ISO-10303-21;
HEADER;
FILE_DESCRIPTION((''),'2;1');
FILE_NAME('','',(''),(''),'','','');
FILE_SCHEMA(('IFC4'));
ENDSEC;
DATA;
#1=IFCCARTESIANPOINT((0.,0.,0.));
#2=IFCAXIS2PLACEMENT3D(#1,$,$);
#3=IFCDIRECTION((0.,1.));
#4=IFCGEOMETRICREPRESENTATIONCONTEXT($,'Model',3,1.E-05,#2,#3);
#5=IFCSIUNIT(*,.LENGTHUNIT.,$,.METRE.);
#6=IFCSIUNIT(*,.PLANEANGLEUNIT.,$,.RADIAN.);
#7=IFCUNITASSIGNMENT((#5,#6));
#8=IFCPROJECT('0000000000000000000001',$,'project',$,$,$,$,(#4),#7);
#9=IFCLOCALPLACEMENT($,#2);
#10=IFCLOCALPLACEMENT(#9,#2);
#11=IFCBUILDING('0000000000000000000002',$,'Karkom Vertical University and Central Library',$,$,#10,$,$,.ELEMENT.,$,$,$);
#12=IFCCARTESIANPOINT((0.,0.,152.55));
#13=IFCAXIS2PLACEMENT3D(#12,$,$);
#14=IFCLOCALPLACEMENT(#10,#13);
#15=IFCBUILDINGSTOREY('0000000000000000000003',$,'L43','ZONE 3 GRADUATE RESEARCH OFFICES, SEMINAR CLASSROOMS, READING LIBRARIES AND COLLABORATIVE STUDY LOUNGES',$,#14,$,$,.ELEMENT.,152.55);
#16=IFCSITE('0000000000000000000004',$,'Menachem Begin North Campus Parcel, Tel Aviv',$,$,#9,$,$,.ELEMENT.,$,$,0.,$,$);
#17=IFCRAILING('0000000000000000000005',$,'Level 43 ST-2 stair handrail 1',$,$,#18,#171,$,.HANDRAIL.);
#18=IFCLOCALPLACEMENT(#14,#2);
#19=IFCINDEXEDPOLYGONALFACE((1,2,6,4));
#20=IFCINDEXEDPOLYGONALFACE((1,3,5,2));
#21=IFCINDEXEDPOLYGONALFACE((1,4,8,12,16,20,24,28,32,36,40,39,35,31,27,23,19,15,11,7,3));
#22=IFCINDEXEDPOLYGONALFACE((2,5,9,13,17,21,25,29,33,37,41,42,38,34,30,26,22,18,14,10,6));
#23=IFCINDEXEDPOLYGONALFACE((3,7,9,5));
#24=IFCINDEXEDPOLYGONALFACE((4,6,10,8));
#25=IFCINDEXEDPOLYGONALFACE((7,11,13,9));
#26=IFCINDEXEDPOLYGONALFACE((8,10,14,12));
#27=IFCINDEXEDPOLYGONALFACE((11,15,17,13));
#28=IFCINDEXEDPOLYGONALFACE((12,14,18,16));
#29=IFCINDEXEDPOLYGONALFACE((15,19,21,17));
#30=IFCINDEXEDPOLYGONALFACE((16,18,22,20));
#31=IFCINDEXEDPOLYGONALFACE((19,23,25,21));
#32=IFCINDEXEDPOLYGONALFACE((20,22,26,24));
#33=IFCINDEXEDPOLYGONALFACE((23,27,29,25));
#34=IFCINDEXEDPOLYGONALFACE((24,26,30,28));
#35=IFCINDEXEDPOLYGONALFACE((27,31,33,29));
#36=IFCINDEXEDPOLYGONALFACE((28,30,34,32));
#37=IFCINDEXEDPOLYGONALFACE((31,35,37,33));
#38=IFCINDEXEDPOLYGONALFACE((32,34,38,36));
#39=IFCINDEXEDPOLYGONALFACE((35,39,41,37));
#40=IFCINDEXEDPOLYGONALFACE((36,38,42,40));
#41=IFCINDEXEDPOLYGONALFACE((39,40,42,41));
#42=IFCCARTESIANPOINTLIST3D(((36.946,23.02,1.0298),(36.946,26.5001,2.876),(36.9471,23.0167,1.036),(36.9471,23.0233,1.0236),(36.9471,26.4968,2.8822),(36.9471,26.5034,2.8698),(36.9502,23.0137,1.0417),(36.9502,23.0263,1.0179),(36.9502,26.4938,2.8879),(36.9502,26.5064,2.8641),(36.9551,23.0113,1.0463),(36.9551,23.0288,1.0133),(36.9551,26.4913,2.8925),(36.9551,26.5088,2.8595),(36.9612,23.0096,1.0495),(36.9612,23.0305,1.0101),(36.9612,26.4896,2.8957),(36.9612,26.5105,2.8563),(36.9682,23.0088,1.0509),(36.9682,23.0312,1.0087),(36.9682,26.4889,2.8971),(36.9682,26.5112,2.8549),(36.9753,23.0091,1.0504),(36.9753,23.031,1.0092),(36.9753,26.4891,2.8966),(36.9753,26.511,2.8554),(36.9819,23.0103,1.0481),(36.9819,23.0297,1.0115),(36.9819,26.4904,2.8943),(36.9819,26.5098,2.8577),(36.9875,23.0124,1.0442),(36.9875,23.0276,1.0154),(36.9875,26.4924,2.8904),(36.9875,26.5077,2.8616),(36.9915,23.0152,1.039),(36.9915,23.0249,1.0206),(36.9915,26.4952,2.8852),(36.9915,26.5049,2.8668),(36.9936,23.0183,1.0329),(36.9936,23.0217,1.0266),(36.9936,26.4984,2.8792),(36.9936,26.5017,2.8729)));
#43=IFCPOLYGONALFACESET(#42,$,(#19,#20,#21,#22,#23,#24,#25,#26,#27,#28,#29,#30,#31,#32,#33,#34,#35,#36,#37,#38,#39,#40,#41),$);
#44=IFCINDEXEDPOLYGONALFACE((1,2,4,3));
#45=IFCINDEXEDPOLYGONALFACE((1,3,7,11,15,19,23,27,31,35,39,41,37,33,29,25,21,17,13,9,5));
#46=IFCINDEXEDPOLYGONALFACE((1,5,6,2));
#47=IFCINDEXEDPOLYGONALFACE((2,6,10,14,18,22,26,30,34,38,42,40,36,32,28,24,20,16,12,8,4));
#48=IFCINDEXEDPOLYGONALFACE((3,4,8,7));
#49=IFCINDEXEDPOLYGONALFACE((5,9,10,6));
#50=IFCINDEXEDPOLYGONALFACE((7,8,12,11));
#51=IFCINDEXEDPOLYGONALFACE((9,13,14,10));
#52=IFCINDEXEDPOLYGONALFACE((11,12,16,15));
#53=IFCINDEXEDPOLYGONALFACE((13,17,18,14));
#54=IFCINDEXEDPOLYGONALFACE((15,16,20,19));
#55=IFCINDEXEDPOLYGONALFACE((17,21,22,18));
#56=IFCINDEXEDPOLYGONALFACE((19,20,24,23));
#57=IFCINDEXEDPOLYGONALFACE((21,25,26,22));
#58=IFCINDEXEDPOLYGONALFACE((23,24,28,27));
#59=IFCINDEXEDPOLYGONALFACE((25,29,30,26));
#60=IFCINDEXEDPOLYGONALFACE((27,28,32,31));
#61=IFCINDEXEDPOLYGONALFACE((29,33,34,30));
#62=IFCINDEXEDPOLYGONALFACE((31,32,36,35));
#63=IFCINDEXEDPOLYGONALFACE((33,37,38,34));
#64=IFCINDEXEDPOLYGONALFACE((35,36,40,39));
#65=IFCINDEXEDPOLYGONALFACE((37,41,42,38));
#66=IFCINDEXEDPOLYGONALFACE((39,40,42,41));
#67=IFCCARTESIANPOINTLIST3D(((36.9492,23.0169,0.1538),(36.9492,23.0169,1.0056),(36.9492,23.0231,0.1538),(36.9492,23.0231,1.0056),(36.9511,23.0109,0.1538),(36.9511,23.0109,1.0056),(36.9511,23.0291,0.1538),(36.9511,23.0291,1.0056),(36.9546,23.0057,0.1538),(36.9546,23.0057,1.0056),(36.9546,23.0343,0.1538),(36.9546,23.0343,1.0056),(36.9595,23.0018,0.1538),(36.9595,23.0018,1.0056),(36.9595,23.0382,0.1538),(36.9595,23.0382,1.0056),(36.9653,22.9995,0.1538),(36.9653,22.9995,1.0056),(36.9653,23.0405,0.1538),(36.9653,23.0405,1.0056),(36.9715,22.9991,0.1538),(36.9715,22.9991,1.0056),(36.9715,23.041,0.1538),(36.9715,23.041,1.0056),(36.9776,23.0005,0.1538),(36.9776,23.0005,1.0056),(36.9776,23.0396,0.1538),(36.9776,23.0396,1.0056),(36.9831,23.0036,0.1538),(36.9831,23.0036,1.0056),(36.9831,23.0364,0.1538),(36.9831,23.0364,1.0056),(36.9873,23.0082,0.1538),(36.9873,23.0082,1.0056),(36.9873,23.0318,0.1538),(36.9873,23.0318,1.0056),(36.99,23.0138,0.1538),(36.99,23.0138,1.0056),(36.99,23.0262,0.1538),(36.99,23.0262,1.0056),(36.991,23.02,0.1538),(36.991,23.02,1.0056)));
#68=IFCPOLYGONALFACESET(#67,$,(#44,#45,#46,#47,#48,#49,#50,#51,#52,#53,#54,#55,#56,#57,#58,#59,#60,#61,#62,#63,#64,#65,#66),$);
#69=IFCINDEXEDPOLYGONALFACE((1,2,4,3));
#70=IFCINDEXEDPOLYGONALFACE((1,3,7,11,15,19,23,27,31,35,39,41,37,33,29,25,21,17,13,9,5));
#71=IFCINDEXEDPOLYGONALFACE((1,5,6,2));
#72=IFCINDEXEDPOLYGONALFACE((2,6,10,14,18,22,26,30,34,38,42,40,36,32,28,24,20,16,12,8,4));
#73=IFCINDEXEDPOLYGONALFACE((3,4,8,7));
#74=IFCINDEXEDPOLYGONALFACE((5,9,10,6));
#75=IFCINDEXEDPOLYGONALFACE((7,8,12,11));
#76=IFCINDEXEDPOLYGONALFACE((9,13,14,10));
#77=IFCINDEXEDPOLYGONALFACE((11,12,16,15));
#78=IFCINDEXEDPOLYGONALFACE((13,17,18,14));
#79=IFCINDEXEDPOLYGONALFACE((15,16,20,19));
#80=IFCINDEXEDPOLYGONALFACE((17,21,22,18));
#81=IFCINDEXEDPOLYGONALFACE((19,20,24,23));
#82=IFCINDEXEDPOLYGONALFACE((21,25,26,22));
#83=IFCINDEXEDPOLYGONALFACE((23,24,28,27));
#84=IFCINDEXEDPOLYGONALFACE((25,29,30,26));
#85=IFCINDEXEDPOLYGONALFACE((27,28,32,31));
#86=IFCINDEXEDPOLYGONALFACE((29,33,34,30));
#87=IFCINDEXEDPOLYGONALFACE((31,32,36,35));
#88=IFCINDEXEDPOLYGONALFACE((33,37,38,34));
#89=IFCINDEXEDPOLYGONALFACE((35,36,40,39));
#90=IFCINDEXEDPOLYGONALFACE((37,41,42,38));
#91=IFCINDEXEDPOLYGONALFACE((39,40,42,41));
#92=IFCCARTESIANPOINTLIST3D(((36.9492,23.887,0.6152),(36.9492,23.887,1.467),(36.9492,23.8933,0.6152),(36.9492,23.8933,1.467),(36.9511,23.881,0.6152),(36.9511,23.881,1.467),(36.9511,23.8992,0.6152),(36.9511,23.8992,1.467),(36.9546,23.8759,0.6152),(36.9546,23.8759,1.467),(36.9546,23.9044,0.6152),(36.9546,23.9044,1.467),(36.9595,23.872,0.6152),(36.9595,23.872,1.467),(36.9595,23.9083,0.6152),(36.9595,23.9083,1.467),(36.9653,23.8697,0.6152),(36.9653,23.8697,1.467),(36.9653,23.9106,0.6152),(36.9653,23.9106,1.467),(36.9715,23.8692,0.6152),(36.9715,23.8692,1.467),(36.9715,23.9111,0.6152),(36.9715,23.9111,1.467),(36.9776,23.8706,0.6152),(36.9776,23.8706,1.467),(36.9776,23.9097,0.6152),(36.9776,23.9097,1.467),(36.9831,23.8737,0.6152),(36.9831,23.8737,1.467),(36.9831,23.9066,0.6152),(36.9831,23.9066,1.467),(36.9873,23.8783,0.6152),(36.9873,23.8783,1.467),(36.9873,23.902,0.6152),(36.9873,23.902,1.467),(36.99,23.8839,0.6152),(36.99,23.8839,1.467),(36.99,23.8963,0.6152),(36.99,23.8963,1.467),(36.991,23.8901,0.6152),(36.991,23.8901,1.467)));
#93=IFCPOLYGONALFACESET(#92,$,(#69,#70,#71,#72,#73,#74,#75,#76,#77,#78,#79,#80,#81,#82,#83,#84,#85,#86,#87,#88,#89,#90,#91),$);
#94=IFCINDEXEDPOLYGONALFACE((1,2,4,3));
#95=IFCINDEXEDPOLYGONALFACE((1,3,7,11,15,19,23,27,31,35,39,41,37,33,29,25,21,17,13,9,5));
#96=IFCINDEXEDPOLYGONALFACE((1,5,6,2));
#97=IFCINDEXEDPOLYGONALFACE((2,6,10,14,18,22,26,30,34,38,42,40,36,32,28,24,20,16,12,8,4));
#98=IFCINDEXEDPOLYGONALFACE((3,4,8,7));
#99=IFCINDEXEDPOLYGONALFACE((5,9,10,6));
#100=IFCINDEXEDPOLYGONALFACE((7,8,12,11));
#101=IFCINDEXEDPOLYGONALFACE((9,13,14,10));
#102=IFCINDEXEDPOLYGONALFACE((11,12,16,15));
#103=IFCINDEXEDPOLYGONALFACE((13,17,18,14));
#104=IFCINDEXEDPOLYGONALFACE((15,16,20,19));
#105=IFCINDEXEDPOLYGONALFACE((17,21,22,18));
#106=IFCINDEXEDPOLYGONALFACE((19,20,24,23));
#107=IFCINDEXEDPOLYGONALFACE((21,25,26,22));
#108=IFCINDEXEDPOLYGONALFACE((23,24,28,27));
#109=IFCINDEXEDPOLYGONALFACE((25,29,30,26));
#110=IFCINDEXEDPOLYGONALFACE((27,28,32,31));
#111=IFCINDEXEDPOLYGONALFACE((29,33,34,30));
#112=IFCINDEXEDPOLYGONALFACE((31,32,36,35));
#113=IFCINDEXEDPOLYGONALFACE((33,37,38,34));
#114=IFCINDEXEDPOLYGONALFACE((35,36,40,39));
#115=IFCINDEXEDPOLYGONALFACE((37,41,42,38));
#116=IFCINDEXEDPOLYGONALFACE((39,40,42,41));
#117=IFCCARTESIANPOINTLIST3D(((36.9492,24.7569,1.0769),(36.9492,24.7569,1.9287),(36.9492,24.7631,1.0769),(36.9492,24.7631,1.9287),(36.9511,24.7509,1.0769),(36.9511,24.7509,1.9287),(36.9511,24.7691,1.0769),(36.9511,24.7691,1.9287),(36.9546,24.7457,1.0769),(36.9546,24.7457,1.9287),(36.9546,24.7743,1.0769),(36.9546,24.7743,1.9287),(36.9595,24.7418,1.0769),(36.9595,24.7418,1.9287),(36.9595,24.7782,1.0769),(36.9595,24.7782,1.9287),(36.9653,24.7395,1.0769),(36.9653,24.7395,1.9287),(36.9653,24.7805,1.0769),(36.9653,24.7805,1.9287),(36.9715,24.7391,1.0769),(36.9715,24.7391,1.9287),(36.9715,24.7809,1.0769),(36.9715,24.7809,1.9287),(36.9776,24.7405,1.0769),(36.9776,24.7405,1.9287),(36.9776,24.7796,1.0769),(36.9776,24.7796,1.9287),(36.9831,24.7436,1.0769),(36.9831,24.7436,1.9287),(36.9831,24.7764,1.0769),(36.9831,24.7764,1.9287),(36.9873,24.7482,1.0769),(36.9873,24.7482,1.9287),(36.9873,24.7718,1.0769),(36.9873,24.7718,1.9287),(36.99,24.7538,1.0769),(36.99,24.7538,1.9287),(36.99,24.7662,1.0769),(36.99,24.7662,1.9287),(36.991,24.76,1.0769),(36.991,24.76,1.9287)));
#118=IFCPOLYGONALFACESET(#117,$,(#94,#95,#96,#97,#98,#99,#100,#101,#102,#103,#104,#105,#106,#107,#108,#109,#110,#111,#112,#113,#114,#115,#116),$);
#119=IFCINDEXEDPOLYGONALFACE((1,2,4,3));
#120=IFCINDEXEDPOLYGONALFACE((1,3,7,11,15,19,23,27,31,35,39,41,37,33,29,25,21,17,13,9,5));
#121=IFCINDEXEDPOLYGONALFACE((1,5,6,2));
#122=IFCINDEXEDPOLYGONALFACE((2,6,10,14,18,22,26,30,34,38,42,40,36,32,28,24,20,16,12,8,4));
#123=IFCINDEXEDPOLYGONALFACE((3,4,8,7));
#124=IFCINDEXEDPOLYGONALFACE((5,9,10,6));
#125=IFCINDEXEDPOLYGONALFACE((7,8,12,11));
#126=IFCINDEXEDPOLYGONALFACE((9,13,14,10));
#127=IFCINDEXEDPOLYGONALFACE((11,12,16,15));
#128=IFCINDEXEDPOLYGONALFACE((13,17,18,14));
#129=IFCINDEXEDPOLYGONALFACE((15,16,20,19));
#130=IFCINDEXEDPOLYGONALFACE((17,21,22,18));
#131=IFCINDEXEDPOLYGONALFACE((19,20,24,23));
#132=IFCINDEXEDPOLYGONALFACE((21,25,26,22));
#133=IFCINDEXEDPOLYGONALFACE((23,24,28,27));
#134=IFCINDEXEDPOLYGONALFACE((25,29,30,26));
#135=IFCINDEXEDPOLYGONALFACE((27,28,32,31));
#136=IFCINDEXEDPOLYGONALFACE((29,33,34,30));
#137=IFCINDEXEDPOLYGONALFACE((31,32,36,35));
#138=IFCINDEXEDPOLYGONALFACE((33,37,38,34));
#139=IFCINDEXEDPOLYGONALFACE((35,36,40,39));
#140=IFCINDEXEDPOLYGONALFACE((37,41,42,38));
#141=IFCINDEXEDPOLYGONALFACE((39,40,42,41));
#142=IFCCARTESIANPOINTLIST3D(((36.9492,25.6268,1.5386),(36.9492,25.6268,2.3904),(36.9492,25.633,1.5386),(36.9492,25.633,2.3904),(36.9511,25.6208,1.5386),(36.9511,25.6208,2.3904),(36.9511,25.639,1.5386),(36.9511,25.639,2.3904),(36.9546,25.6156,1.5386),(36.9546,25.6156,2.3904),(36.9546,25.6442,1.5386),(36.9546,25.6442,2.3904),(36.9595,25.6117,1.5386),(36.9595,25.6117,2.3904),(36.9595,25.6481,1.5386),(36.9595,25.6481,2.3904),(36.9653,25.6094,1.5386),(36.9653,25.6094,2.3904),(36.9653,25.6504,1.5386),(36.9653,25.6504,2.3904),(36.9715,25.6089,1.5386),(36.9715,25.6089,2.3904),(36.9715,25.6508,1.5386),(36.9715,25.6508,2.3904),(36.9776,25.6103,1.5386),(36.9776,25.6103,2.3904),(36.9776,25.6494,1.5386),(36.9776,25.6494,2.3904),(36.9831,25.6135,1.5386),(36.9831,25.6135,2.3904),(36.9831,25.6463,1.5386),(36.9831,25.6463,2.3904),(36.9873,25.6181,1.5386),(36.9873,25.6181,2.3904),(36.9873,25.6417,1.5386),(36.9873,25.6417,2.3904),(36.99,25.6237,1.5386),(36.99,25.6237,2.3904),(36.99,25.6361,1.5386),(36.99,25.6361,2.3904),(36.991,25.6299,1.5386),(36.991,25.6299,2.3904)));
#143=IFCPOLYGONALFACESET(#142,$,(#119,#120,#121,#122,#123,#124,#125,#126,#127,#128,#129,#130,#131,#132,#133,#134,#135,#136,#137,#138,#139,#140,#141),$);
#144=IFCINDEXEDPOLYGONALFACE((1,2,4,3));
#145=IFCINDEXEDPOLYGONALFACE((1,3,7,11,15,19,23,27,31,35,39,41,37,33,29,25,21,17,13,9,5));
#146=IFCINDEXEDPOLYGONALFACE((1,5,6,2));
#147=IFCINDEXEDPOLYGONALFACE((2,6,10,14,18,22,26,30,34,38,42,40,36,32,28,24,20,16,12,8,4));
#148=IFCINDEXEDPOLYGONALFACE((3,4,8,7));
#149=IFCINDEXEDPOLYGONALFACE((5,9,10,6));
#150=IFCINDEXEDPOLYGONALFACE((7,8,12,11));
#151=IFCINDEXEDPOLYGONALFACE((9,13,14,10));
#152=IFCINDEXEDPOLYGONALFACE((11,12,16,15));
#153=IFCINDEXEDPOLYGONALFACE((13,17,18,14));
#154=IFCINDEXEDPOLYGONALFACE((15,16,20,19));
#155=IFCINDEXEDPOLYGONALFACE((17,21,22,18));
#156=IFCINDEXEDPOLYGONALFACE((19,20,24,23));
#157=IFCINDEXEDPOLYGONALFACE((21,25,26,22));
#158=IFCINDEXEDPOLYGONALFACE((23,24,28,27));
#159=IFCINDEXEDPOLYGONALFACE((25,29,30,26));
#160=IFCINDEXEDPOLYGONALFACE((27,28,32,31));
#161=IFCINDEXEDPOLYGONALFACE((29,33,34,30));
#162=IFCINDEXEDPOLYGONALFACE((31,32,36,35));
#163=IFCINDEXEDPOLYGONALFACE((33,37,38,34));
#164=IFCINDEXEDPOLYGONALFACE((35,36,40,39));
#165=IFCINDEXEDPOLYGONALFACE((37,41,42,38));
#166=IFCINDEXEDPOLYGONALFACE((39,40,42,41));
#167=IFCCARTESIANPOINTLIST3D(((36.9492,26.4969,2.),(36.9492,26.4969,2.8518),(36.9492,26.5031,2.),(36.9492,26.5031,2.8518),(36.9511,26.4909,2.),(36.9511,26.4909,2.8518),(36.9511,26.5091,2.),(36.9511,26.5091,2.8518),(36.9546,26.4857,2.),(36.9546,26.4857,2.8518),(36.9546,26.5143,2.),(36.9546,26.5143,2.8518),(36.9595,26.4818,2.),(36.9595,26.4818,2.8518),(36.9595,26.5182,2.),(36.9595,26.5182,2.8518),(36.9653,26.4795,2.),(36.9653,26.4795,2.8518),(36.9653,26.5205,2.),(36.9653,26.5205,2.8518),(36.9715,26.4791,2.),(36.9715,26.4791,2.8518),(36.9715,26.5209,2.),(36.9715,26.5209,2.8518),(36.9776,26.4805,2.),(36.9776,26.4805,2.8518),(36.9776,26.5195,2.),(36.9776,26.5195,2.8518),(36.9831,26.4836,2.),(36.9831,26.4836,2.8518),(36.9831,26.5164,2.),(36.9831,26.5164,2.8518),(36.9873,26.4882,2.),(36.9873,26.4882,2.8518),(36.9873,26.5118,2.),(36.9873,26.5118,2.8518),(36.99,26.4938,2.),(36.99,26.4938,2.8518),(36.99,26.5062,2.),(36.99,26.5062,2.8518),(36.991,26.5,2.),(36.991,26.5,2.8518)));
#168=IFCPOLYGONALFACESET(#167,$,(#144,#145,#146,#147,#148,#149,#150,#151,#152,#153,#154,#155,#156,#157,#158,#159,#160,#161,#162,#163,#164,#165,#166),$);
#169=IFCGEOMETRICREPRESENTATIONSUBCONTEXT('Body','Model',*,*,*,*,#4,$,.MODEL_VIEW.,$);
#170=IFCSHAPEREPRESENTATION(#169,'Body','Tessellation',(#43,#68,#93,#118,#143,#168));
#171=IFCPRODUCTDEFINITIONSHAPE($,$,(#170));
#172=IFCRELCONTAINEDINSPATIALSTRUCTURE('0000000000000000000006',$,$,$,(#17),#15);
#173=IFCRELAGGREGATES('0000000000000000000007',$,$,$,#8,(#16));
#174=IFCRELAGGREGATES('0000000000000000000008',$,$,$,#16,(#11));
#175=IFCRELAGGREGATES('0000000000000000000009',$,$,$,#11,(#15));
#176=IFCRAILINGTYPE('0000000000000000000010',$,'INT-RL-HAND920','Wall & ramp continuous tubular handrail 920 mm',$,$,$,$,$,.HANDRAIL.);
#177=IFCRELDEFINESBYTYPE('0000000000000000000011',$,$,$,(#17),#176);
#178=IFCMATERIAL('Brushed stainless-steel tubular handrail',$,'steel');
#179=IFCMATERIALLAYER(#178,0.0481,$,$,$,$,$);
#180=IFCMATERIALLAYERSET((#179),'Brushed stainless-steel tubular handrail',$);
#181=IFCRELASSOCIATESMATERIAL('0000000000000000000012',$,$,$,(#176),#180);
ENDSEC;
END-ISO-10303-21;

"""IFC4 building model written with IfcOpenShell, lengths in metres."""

from ifc_helpers import new_model, si_unit, direction, frame, origin, origin_2d, place, context, subcontext, project, spatial, circle, extrude, material, layer, layer_set, type_object, element, save


model = new_model("IFC4")

# Units and contexts
model_context = context("Model", 3, precision=1e-05, world=origin(), true_north=direction((0.0, 1.0)))
body_context = subcontext(model_context, "Body", "Model", "MODEL_VIEW")
ifc_project = project(units=[si_unit("LENGTHUNIT", "METRE"), si_unit("PLANEANGLEUNIT", "RADIAN")], contexts=[model_context])

# Site, building, storey
site_placement = place(None, origin())
site = spatial("IfcSite", under=ifc_project, at=site_placement, Name="Menachem Begin North Campus Parcel, Tel Aviv", CompositionType="ELEMENT", RefElevation=0.0)
building_placement = place(site_placement, origin())
building = spatial("IfcBuilding", under=site, at=building_placement, Name="Karkom Vertical University and Central Library", CompositionType="ELEMENT")
storey_placement = place(building_placement, frame((0.0, 0.0, 152.55)))
storey = spatial("IfcBuildingStorey", under=building, at=storey_placement, Name="L43", Description="ZONE 3 GRADUATE RESEARCH OFFICES, SEMINAR CLASSROOMS, READING LIBRARIES AND COLLABORATIVE STUDY LOUNGES", CompositionType="ELEMENT", Elevation=152.55)

# Railing
ifc_material_1 = material(Name="Brushed stainless-steel tubular handrail", Category="steel")
ifc_layer_1 = layer(ifc_material_1, 0.0481)
ifc_layer_set_1 = layer_set([ifc_layer_1], Name="Brushed stainless-steel tubular handrail")
railing_type = type_object("IfcRailingType", Name="INT-RL-HAND920", Description="Wall & ramp continuous tubular handrail 920 mm", PredefinedType="HANDRAIL", material=ifc_layer_set_1)
railing_placement = place(storey_placement, frame((36.97, 23.02, 0.1538)))
element("IfcRailing", 1, at=railing_placement, inside=storey, type_object=railing_type, Name="Level 43 ST-2 stair handrail 1", PredefinedType="HANDRAIL", context=body_context, shape_type="SweptSolid", body=[
    extrude(circle(Radius=0.0239, at=origin_2d()), frame((0.0, 0.0, 0.876), z_axis=(0.0, 0.883384, 0.468651), x_axis=(-1.0, 0.0, 0.0)), (0.0, 0.0, 1.0), 3.9395),
    extrude(circle(Radius=0.021, at=origin_2d()), origin(), (0.0, 0.0, 1.0), 0.8518),
    extrude(circle(Radius=0.021, at=origin_2d()), frame((0.0, 0.8701, 0.4614)), (0.0, 0.0, 1.0), 0.8518),
    extrude(circle(Radius=0.021, at=origin_2d()), frame((0.0, 1.74, 0.9231)), (0.0, 0.0, 1.0), 0.8518),
    extrude(circle(Radius=0.021, at=origin_2d()), frame((0.0, 2.6099, 1.3848)), (0.0, 0.0, 1.0), 0.8518),
    extrude(circle(Radius=0.021, at=origin_2d()), frame((0.0, 3.48, 1.8462)), (0.0, 0.0, 1.0), 0.8518),
])

save(model, "model.ifc")
